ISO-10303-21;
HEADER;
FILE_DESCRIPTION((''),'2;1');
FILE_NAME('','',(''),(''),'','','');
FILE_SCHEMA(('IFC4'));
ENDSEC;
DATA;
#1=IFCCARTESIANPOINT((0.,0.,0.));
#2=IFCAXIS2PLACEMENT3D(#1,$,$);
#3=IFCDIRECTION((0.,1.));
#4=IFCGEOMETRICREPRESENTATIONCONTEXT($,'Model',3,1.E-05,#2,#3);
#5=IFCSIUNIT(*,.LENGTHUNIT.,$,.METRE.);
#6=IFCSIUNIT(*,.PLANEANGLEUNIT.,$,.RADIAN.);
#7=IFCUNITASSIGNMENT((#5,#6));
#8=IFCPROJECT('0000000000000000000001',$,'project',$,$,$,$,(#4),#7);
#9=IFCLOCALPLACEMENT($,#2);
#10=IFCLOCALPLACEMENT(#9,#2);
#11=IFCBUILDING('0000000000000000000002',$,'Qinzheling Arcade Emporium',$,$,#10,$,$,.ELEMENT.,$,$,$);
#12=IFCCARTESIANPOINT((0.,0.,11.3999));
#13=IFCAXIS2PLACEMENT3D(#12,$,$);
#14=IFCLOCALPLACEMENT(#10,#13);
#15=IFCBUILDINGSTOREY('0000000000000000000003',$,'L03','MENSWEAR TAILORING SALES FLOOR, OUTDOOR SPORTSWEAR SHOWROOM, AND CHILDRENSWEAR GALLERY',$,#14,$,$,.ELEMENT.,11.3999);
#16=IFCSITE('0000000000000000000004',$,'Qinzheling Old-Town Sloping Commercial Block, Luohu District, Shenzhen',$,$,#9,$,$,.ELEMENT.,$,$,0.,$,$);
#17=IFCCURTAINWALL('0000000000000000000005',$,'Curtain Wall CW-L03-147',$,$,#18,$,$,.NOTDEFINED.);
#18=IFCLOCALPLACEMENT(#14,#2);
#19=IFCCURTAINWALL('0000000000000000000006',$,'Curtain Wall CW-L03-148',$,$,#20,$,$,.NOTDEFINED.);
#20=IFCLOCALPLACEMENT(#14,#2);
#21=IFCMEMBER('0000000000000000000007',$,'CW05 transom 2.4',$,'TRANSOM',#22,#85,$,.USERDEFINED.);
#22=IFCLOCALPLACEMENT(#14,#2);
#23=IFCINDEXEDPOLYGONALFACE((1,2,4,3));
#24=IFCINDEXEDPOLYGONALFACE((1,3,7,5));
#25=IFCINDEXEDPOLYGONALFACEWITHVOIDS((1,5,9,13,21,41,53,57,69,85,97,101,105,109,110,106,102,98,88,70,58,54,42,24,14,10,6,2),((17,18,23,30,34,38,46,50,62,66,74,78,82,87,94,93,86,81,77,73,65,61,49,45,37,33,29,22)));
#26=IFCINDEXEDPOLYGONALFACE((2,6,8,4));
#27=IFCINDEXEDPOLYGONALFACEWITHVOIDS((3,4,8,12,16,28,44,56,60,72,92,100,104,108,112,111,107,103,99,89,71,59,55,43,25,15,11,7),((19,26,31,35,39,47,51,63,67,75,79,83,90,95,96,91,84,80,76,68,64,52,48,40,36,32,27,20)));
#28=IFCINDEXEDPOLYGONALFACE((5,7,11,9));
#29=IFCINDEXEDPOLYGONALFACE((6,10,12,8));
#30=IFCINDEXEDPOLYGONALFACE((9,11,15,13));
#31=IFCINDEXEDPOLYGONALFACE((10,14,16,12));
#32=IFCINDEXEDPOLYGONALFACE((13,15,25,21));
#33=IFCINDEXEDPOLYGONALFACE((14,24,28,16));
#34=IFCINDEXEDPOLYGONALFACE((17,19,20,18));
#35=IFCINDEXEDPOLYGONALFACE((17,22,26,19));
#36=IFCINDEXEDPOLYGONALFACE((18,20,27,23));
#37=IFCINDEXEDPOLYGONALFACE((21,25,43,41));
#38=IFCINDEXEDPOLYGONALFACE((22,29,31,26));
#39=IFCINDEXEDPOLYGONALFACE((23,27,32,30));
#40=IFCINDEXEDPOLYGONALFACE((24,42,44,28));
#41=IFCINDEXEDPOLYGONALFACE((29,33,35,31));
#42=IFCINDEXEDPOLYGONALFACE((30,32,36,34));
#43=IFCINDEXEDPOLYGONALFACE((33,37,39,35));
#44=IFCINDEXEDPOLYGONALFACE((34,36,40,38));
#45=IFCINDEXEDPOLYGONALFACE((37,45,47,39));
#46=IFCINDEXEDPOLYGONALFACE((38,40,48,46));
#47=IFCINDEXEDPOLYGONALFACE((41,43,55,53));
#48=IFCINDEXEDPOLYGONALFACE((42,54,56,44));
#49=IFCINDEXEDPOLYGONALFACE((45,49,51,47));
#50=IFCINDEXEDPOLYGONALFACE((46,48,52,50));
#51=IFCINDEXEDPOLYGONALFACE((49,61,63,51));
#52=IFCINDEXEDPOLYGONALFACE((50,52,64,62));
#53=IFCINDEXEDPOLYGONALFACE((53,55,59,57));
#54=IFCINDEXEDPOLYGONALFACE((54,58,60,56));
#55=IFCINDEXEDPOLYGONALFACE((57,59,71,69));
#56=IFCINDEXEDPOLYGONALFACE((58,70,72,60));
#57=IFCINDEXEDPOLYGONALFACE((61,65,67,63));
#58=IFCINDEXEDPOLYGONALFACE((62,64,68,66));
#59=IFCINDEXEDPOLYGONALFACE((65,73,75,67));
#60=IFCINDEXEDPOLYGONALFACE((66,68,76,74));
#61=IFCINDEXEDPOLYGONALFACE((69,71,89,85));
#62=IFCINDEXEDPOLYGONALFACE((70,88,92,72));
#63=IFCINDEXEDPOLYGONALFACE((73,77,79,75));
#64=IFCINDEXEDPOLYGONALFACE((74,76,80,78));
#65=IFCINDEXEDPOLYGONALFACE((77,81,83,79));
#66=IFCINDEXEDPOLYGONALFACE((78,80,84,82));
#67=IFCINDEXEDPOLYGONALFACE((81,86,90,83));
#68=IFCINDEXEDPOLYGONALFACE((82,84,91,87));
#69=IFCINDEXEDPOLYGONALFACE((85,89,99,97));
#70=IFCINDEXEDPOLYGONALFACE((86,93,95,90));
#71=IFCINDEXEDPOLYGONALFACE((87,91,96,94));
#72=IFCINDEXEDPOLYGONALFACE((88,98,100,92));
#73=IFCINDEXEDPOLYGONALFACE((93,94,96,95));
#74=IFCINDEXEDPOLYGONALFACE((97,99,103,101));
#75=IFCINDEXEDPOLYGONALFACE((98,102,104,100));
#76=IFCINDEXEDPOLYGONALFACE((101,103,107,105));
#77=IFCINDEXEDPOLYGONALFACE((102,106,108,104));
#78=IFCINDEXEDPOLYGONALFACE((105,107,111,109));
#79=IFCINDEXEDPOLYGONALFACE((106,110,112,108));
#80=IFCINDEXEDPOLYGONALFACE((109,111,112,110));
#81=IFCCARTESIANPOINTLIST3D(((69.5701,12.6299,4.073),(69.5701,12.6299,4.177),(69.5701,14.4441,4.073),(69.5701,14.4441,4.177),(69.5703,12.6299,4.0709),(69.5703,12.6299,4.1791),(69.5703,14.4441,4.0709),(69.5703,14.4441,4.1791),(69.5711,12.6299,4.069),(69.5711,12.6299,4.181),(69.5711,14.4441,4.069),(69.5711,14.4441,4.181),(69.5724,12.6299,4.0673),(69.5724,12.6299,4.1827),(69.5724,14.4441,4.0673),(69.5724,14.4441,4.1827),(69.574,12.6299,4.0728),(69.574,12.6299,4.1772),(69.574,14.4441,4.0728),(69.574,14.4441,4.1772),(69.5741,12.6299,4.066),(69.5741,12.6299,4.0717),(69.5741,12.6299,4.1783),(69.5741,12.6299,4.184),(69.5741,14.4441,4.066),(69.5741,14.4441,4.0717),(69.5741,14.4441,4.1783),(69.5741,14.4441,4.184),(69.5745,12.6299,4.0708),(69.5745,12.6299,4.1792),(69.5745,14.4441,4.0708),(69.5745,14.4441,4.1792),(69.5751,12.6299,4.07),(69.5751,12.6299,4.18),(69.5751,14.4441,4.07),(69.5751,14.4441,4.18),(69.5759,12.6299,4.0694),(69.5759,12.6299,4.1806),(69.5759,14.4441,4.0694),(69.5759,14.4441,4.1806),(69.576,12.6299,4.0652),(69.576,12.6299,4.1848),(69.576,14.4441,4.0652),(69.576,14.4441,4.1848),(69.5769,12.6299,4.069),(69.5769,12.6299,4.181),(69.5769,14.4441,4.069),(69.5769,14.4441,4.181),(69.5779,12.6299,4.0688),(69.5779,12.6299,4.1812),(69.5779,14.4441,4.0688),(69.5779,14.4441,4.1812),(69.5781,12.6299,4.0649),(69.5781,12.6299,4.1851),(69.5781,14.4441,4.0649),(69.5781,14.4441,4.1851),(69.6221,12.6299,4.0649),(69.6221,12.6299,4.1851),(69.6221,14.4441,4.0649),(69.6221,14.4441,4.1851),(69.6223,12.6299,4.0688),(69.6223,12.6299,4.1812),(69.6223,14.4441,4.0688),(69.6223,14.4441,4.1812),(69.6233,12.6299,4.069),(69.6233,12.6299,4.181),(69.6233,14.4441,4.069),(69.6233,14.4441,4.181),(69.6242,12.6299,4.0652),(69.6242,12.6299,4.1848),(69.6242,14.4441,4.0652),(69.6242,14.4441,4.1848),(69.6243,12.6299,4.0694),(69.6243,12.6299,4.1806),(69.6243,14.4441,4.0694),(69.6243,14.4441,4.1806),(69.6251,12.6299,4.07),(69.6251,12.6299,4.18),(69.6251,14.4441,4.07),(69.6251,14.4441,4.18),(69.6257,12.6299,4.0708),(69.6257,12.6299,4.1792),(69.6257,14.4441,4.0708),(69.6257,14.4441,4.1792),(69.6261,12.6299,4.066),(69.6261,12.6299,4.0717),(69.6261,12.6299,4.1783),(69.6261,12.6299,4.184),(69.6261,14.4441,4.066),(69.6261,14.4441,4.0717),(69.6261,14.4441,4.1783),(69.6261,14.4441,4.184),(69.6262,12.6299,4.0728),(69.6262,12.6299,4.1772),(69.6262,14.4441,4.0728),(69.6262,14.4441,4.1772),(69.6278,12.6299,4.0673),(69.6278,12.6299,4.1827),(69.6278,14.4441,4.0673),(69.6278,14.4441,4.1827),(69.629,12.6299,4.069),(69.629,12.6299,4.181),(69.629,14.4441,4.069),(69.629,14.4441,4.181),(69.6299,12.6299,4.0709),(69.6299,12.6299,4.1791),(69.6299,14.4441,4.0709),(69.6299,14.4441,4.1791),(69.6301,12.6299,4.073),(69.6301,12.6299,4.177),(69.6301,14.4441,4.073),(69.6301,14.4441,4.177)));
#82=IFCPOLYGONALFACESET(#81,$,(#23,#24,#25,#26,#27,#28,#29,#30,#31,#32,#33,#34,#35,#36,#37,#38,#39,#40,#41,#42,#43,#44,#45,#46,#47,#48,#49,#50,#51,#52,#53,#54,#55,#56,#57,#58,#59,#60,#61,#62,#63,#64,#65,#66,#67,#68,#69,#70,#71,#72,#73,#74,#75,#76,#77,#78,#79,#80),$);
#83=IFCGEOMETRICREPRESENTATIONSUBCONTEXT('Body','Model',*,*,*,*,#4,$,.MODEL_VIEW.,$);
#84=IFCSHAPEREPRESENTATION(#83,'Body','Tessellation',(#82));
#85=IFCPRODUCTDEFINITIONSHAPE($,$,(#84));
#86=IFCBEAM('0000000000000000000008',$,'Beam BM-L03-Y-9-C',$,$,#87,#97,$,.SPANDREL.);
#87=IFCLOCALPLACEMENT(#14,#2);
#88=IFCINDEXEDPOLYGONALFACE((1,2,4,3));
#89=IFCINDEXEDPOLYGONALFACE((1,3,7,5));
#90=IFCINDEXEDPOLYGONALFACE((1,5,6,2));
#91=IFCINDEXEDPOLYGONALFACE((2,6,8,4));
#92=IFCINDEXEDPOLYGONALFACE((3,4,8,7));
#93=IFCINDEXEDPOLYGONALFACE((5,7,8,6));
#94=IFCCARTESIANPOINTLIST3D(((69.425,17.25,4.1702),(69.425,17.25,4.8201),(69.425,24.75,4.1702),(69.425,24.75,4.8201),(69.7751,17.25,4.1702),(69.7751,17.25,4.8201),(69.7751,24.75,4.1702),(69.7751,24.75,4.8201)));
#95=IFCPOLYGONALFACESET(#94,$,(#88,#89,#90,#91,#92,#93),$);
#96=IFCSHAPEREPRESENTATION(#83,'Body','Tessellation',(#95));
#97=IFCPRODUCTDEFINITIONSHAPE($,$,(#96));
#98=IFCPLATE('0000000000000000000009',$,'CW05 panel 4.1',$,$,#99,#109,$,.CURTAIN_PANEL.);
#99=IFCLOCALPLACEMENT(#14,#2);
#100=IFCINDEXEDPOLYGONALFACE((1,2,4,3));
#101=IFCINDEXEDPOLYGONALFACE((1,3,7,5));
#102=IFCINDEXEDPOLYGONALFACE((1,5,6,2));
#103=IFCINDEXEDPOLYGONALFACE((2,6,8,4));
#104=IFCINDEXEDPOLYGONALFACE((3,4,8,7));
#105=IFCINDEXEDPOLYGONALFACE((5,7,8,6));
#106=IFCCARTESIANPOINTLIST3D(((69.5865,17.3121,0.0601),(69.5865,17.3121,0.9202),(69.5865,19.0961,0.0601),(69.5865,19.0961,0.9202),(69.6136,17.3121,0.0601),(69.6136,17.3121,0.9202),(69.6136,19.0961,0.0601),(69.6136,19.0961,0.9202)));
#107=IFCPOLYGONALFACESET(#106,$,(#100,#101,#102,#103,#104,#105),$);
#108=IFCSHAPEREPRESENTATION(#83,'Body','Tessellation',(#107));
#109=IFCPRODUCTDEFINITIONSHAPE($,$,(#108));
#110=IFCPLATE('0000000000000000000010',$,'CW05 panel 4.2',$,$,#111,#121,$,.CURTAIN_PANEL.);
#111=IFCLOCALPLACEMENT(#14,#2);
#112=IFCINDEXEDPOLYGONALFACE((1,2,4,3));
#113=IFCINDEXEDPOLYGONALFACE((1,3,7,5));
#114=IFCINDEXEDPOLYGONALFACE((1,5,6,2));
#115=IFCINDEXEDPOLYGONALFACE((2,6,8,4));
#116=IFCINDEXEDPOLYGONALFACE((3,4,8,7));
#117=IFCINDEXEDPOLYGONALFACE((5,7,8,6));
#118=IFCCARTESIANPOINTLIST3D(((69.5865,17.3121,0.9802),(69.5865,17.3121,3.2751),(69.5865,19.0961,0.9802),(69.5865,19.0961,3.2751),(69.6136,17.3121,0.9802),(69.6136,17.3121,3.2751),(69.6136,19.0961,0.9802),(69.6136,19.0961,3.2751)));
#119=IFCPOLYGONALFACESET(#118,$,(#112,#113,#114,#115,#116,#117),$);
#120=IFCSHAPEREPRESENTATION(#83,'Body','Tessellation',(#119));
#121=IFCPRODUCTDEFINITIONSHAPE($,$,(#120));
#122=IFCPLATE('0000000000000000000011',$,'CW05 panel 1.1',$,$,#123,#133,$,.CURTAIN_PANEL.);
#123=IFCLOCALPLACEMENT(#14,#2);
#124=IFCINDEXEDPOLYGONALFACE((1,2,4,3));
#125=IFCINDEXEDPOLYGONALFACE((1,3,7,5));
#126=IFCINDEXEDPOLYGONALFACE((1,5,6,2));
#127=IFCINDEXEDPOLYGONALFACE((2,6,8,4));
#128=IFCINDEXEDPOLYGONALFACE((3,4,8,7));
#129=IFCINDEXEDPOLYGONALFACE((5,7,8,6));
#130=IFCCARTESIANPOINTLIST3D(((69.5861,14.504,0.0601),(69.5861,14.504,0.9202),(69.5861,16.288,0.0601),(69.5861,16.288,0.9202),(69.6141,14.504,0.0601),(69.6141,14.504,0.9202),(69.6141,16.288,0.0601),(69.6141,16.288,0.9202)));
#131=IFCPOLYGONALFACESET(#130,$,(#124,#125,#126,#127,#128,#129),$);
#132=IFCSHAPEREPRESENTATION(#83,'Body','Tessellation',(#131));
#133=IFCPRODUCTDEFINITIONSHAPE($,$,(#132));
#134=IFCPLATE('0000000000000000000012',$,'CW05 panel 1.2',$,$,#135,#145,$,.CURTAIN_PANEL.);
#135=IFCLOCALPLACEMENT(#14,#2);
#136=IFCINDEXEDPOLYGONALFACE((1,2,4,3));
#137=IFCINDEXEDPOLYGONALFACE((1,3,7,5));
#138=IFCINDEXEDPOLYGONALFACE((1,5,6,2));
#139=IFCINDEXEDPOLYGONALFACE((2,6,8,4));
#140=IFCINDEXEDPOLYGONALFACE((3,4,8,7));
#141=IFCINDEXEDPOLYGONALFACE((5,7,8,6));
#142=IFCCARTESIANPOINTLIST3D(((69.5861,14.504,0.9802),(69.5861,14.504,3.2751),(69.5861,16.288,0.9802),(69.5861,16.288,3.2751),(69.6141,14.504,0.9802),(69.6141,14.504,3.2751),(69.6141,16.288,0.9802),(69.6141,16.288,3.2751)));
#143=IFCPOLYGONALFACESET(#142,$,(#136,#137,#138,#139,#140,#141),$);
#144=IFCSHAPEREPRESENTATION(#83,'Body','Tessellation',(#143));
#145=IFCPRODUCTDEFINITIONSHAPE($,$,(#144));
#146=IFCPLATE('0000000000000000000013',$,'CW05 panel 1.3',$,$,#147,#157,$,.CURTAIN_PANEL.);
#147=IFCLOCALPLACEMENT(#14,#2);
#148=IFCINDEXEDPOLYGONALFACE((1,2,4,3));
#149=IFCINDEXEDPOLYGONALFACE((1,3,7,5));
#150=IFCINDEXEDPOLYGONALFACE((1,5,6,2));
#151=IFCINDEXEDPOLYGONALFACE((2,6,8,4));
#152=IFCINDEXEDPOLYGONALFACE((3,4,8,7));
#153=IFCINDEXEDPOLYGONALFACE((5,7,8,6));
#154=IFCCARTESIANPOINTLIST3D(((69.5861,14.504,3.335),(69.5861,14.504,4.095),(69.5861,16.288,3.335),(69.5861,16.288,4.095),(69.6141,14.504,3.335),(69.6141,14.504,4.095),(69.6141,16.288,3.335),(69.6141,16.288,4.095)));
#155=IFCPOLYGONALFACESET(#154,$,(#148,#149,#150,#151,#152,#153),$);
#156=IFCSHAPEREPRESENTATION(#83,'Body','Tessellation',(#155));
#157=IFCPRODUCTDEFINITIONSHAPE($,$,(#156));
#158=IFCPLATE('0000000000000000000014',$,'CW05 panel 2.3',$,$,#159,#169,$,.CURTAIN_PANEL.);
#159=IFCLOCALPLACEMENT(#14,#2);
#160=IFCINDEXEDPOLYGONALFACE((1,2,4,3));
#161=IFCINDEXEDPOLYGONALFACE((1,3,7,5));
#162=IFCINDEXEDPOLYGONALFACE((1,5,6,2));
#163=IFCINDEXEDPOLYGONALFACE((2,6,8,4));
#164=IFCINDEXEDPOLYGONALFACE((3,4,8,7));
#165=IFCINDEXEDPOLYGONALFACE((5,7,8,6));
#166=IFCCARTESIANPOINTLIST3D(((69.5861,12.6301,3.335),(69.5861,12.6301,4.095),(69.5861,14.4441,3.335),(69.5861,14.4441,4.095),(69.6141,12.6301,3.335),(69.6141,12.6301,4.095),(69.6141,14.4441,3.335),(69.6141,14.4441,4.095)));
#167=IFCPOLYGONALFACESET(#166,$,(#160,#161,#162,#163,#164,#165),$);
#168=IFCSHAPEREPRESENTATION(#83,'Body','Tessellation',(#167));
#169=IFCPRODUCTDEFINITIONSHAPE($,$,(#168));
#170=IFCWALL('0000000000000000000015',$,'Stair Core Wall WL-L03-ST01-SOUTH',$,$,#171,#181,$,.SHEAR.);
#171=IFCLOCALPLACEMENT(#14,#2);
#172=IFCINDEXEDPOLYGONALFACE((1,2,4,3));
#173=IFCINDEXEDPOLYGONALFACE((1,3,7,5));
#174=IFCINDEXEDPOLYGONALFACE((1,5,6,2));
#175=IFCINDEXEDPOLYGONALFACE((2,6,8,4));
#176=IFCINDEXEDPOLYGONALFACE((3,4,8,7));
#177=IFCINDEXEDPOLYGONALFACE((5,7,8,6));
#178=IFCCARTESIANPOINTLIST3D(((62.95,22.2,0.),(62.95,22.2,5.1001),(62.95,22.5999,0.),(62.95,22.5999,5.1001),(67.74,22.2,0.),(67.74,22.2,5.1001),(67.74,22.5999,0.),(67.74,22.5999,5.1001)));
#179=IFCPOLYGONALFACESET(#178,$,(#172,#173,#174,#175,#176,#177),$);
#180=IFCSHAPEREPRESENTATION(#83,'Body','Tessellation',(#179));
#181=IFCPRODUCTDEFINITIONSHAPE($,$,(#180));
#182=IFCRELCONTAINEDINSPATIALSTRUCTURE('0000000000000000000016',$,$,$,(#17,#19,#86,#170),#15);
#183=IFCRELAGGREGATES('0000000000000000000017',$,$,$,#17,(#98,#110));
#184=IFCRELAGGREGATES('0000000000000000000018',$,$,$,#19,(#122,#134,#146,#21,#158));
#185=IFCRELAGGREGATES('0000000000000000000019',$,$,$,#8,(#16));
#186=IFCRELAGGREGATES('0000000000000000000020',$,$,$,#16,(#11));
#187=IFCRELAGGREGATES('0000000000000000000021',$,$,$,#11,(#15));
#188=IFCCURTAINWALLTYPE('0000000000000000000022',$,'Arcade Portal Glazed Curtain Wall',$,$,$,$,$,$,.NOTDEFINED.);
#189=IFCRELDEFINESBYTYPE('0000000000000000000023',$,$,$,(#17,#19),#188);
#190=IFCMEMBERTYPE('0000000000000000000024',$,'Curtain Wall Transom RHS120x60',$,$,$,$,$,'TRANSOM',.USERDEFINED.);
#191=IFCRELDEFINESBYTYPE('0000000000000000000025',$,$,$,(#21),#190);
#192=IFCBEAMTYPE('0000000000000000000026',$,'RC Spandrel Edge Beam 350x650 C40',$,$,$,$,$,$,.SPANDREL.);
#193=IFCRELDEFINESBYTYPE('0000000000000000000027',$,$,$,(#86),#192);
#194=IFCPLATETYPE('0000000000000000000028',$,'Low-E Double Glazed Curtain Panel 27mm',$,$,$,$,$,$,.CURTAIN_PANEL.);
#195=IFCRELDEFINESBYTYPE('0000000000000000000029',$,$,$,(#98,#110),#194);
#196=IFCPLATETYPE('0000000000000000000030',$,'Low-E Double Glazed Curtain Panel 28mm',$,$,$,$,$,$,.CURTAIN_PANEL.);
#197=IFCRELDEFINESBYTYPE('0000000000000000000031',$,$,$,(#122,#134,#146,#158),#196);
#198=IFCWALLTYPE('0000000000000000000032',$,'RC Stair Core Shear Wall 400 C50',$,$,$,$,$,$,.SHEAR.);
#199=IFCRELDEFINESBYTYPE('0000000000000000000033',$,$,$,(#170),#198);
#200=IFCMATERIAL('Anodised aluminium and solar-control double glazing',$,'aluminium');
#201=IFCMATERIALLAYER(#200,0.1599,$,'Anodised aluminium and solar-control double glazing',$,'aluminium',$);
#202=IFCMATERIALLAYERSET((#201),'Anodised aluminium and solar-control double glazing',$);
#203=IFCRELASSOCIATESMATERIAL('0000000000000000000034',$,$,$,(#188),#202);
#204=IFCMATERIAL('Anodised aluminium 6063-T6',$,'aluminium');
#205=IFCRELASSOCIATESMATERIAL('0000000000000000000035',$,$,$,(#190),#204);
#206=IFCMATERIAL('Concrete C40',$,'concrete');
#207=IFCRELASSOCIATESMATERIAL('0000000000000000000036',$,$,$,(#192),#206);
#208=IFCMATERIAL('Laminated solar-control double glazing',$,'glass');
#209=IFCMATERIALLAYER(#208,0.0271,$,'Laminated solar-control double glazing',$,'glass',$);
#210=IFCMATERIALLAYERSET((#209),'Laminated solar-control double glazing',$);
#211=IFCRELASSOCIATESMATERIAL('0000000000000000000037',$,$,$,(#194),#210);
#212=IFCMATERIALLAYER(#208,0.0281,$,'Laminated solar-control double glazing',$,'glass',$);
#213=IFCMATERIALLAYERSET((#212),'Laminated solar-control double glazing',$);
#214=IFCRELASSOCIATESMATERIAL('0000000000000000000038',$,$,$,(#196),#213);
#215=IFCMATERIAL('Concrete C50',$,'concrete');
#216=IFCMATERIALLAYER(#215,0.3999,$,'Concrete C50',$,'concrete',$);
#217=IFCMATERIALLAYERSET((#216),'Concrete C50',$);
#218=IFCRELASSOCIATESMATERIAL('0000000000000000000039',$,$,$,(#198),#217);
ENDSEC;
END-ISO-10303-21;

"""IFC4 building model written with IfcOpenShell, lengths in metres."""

from ifc_helpers import new_model, si_unit, direction, frame, frame_2d, origin, origin_2d, place, context, subcontext, project, spatial, rectangle, hollow_rectangle, extrude, material, layer, layer_set, material_profile, profile_set, type_object, element, aggregate, save


model = new_model("IFC4")

# Units and contexts
model_context = context("Model", 3, precision=1e-05, world=origin(), true_north=direction((0.0, 1.0)))
body_context = subcontext(model_context, "Body", "Model", "MODEL_VIEW")
ifc_project = project(units=[si_unit("LENGTHUNIT", "METRE"), si_unit("PLANEANGLEUNIT", "RADIAN")], contexts=[model_context])

# Site, building, storey
site_placement = place(None, origin())
site = spatial("IfcSite", under=ifc_project, at=site_placement, Name="Qinzheling Old-Town Sloping Commercial Block, Luohu District, Shenzhen", CompositionType="ELEMENT", RefElevation=0.0)
building_placement = place(site_placement, origin())
building = spatial("IfcBuilding", under=site, at=building_placement, Name="Qinzheling Arcade Emporium", CompositionType="ELEMENT")
storey_placement = place(building_placement, frame((0.0, 0.0, 11.3999)))
storey = spatial("IfcBuildingStorey", under=building, at=storey_placement, Name="L03", Description="MENSWEAR TAILORING SALES FLOOR, OUTDOOR SPORTSWEAR SHOWROOM, AND CHILDRENSWEAR GALLERY", CompositionType="ELEMENT", Elevation=11.3999)

# Shared definitions
ifc_material_1 = material(Name="Concrete C50", Category="concrete")

# Curtain wall
ifc_material_2 = material(Name="Anodised aluminium and solar-control double glazing", Category="aluminium")
ifc_layer_1 = layer(ifc_material_2, 0.1599, Name="Anodised aluminium and solar-control double glazing", Category="aluminium")
ifc_layer_set_1 = layer_set([ifc_layer_1], Name="Anodised aluminium and solar-control double glazing")
curtain_wall_type = type_object("IfcCurtainWallType", Name="Arcade Portal Glazed Curtain Wall", PredefinedType="NOTDEFINED", material=ifc_layer_set_1)
curtain_wall_1_placement = place(storey_placement, origin())
curtain_wall_1 = element("IfcCurtainWall", 1, at=curtain_wall_1_placement, inside=storey, type_object=curtain_wall_type, Name="Curtain Wall CW-L03-147", PredefinedType="NOTDEFINED")
ifc_material_3 = material(Name="Anodised aluminium 6063-T6", Category="aluminium")

# Curtain wall, member
curtain_wall_2_placement = place(storey_placement, origin())
curtain_wall_2 = element("IfcCurtainWall", 2, at=curtain_wall_2_placement, inside=storey, type_object=curtain_wall_type, Name="Curtain Wall CW-L03-148", PredefinedType="NOTDEFINED")
ifc_material_profile_1 = material_profile(ifc_material_3, hollow_rectangle(XDim=0.0601, YDim=0.1201, WallThickness=0.0039, InnerFilletRadius=0.0039, OuterFilletRadius=0.0081, at=origin_2d()), Name="RHS 120x60x4", Category="aluminium")
ifc_profile_set_1 = profile_set([ifc_material_profile_1], Name="Anodised aluminium 6063-T6")
member_type_1 = type_object("IfcMemberType", Name="Curtain Wall Transom RHS120x60", ElementType="TRANSOM", PredefinedType="USERDEFINED", material=ifc_profile_set_1)
member_1_placement = place(storey_placement, frame((69.6001, 14.4441, 4.125), z_axis=(0.0, -1.0, 0.0), x_axis=(1.0, 0.0, 0.0)))
member_1 = element("IfcMember", 3, at=member_1_placement, type_object=member_type_1, Name="CW05 transom 2.4", ObjectType="TRANSOM", PredefinedType="USERDEFINED", context=body_context, shape_type="SweptSolid", body=[
    extrude(hollow_rectangle(XDim=0.0601, YDim=0.1201, WallThickness=0.0039, InnerFilletRadius=0.0039, OuterFilletRadius=0.0081, at=origin_2d()), origin(), (0.0, 0.0, 1.0), 1.8142),
])

# Beam
ifc_material_4 = material(Name="Concrete C40", Category="concrete")
ifc_material_profile_2 = material_profile(ifc_material_4, rectangle(XDim=0.3501, YDim=0.6499, at=origin_2d()), Name="RC 350x650", Category="concrete")
ifc_profile_set_2 = profile_set([ifc_material_profile_2], Name="Concrete C40")
beam_type = type_object("IfcBeamType", Name="RC Spandrel Edge Beam 350x650 C40", PredefinedType="SPANDREL", material=ifc_profile_set_2)
beam_placement = place(storey_placement, frame((69.6001, 17.25, 4.4951), z_axis=(0.0, 1.0, 0.0), x_axis=(-1.0, 0.0, 0.0)))
element("IfcBeam", 4, at=beam_placement, inside=storey, type_object=beam_type, Name="Beam BM-L03-Y-9-C", PredefinedType="SPANDREL", context=body_context, shape_type="SweptSolid", body=[
    extrude(rectangle(XDim=0.3501, YDim=0.6499, at=origin_2d()), origin(), (0.0, 0.0, 1.0), 7.5),
])

# Plates
ifc_material_5 = material(Name="Laminated solar-control double glazing", Category="glass")
ifc_layer_2 = layer(ifc_material_5, 0.0271, Name="Laminated solar-control double glazing", Category="glass")
ifc_layer_set_2 = layer_set([ifc_layer_2], Name="Laminated solar-control double glazing")
plate_type_1 = type_object("IfcPlateType", Name="Low-E Double Glazed Curtain Panel 27mm", PredefinedType="CURTAIN_PANEL", material=ifc_layer_set_2)
plate_1_placement = place(storey_placement, frame((69.6001, 18.2041, 0.0601), z_axis=(0.0, 0.0, 1.0), x_axis=(0.0, -1.0, 0.0)))
plate_1 = element("IfcPlate", 5, at=plate_1_placement, type_object=plate_type_1, Name="CW05 panel 4.1", PredefinedType="CURTAIN_PANEL", context=body_context, shape_type="SweptSolid", body=[
    extrude(rectangle(XDim=1.7839, YDim=0.0271, at=origin_2d()), origin(), (0.0, 0.0, 1.0), 0.8601),
])
plate_2_placement = place(storey_placement, frame((69.6001, 18.2041, 0.9802), z_axis=(0.0, 0.0, 1.0), x_axis=(0.0, -1.0, 0.0)))
plate_2 = element("IfcPlate", 6, at=plate_2_placement, type_object=plate_type_1, Name="CW05 panel 4.2", PredefinedType="CURTAIN_PANEL", context=body_context, shape_type="SweptSolid", body=[
    extrude(rectangle(XDim=1.7839, YDim=0.0271, at=origin_2d()), origin(), (0.0, 0.0, 1.0), 2.2949),
])
aggregate(curtain_wall_1, [plate_1, plate_2])
ifc_layer_3 = layer(ifc_material_5, 0.0281, Name="Laminated solar-control double glazing", Category="glass")
ifc_layer_set_3 = layer_set([ifc_layer_3], Name="Laminated solar-control double glazing")
plate_type_2 = type_object("IfcPlateType", Name="Low-E Double Glazed Curtain Panel 28mm", PredefinedType="CURTAIN_PANEL", material=ifc_layer_set_3)
plate_3_placement = place(storey_placement, frame((69.6001, 15.396, 0.0601), z_axis=(0.0, 0.0, 1.0), x_axis=(0.0, -1.0, 0.0)))
plate_3 = element("IfcPlate", 7, at=plate_3_placement, type_object=plate_type_2, Name="CW05 panel 1.1", PredefinedType="CURTAIN_PANEL", context=body_context, shape_type="SweptSolid", body=[
    extrude(rectangle(XDim=1.7839, YDim=0.0281, at=origin_2d()), origin(), (0.0, 0.0, 1.0), 0.8601),
])
plate_4_placement = place(storey_placement, frame((69.6001, 15.396, 0.9802), z_axis=(0.0, 0.0, 1.0), x_axis=(0.0, -1.0, 0.0)))
plate_4 = element("IfcPlate", 8, at=plate_4_placement, type_object=plate_type_2, Name="CW05 panel 1.2", PredefinedType="CURTAIN_PANEL", context=body_context, shape_type="SweptSolid", body=[
    extrude(rectangle(XDim=1.7839, YDim=0.0281, at=origin_2d()), origin(), (0.0, 0.0, 1.0), 2.2949),
])
plate_5_placement = place(storey_placement, frame((69.6001, 15.396, 3.335), z_axis=(0.0, 0.0, 1.0), x_axis=(0.0, -1.0, 0.0)))
plate_5 = element("IfcPlate", 9, at=plate_5_placement, type_object=plate_type_2, Name="CW05 panel 1.3", PredefinedType="CURTAIN_PANEL", context=body_context, shape_type="SweptSolid", body=[
    extrude(rectangle(XDim=1.7839, YDim=0.0281, at=origin_2d()), origin(), (0.0, 0.0, 1.0), 0.76),
])
plate_6_placement = place(storey_placement, frame((69.6001, 13.5371, 3.335), z_axis=(0.0, 0.0, 1.0), x_axis=(0.0, -1.0, 0.0)))
plate_6 = element("IfcPlate", 10, at=plate_6_placement, type_object=plate_type_2, Name="CW05 panel 2.3", PredefinedType="CURTAIN_PANEL", context=body_context, shape_type="SweptSolid", body=[
    extrude(rectangle(XDim=1.814, YDim=0.0281, at=origin_2d()), origin(), (0.0, 0.0, 1.0), 0.76),
])
aggregate(curtain_wall_2, [plate_3, plate_4, plate_5, member_1, plate_6])

# Wall
ifc_layer_4 = layer(ifc_material_1, 0.3999, Name="Concrete C50", Category="concrete")
ifc_layer_set_4 = layer_set([ifc_layer_4], Name="Concrete C50")
wall_type = type_object("IfcWallType", Name="RC Stair Core Shear Wall 400 C50", PredefinedType="SHEAR", material=ifc_layer_set_4)
wall_placement = place(storey_placement, frame((67.74, 22.3999, 0.0), z_axis=(0.0, 0.0, 1.0), x_axis=(-1.0, 0.0, 0.0)))
element("IfcWall", 11, at=wall_placement, inside=storey, type_object=wall_type, Name="Stair Core Wall WL-L03-ST01-SOUTH", PredefinedType="SHEAR", context=body_context, shape_type="SweptSolid", body=[
    extrude(rectangle(XDim=4.79, YDim=0.3999, at=frame_2d((2.395, 0.0))), origin(), (0.0, 0.0, 1.0), 5.1001),
])

save(model, "model.ifc")
